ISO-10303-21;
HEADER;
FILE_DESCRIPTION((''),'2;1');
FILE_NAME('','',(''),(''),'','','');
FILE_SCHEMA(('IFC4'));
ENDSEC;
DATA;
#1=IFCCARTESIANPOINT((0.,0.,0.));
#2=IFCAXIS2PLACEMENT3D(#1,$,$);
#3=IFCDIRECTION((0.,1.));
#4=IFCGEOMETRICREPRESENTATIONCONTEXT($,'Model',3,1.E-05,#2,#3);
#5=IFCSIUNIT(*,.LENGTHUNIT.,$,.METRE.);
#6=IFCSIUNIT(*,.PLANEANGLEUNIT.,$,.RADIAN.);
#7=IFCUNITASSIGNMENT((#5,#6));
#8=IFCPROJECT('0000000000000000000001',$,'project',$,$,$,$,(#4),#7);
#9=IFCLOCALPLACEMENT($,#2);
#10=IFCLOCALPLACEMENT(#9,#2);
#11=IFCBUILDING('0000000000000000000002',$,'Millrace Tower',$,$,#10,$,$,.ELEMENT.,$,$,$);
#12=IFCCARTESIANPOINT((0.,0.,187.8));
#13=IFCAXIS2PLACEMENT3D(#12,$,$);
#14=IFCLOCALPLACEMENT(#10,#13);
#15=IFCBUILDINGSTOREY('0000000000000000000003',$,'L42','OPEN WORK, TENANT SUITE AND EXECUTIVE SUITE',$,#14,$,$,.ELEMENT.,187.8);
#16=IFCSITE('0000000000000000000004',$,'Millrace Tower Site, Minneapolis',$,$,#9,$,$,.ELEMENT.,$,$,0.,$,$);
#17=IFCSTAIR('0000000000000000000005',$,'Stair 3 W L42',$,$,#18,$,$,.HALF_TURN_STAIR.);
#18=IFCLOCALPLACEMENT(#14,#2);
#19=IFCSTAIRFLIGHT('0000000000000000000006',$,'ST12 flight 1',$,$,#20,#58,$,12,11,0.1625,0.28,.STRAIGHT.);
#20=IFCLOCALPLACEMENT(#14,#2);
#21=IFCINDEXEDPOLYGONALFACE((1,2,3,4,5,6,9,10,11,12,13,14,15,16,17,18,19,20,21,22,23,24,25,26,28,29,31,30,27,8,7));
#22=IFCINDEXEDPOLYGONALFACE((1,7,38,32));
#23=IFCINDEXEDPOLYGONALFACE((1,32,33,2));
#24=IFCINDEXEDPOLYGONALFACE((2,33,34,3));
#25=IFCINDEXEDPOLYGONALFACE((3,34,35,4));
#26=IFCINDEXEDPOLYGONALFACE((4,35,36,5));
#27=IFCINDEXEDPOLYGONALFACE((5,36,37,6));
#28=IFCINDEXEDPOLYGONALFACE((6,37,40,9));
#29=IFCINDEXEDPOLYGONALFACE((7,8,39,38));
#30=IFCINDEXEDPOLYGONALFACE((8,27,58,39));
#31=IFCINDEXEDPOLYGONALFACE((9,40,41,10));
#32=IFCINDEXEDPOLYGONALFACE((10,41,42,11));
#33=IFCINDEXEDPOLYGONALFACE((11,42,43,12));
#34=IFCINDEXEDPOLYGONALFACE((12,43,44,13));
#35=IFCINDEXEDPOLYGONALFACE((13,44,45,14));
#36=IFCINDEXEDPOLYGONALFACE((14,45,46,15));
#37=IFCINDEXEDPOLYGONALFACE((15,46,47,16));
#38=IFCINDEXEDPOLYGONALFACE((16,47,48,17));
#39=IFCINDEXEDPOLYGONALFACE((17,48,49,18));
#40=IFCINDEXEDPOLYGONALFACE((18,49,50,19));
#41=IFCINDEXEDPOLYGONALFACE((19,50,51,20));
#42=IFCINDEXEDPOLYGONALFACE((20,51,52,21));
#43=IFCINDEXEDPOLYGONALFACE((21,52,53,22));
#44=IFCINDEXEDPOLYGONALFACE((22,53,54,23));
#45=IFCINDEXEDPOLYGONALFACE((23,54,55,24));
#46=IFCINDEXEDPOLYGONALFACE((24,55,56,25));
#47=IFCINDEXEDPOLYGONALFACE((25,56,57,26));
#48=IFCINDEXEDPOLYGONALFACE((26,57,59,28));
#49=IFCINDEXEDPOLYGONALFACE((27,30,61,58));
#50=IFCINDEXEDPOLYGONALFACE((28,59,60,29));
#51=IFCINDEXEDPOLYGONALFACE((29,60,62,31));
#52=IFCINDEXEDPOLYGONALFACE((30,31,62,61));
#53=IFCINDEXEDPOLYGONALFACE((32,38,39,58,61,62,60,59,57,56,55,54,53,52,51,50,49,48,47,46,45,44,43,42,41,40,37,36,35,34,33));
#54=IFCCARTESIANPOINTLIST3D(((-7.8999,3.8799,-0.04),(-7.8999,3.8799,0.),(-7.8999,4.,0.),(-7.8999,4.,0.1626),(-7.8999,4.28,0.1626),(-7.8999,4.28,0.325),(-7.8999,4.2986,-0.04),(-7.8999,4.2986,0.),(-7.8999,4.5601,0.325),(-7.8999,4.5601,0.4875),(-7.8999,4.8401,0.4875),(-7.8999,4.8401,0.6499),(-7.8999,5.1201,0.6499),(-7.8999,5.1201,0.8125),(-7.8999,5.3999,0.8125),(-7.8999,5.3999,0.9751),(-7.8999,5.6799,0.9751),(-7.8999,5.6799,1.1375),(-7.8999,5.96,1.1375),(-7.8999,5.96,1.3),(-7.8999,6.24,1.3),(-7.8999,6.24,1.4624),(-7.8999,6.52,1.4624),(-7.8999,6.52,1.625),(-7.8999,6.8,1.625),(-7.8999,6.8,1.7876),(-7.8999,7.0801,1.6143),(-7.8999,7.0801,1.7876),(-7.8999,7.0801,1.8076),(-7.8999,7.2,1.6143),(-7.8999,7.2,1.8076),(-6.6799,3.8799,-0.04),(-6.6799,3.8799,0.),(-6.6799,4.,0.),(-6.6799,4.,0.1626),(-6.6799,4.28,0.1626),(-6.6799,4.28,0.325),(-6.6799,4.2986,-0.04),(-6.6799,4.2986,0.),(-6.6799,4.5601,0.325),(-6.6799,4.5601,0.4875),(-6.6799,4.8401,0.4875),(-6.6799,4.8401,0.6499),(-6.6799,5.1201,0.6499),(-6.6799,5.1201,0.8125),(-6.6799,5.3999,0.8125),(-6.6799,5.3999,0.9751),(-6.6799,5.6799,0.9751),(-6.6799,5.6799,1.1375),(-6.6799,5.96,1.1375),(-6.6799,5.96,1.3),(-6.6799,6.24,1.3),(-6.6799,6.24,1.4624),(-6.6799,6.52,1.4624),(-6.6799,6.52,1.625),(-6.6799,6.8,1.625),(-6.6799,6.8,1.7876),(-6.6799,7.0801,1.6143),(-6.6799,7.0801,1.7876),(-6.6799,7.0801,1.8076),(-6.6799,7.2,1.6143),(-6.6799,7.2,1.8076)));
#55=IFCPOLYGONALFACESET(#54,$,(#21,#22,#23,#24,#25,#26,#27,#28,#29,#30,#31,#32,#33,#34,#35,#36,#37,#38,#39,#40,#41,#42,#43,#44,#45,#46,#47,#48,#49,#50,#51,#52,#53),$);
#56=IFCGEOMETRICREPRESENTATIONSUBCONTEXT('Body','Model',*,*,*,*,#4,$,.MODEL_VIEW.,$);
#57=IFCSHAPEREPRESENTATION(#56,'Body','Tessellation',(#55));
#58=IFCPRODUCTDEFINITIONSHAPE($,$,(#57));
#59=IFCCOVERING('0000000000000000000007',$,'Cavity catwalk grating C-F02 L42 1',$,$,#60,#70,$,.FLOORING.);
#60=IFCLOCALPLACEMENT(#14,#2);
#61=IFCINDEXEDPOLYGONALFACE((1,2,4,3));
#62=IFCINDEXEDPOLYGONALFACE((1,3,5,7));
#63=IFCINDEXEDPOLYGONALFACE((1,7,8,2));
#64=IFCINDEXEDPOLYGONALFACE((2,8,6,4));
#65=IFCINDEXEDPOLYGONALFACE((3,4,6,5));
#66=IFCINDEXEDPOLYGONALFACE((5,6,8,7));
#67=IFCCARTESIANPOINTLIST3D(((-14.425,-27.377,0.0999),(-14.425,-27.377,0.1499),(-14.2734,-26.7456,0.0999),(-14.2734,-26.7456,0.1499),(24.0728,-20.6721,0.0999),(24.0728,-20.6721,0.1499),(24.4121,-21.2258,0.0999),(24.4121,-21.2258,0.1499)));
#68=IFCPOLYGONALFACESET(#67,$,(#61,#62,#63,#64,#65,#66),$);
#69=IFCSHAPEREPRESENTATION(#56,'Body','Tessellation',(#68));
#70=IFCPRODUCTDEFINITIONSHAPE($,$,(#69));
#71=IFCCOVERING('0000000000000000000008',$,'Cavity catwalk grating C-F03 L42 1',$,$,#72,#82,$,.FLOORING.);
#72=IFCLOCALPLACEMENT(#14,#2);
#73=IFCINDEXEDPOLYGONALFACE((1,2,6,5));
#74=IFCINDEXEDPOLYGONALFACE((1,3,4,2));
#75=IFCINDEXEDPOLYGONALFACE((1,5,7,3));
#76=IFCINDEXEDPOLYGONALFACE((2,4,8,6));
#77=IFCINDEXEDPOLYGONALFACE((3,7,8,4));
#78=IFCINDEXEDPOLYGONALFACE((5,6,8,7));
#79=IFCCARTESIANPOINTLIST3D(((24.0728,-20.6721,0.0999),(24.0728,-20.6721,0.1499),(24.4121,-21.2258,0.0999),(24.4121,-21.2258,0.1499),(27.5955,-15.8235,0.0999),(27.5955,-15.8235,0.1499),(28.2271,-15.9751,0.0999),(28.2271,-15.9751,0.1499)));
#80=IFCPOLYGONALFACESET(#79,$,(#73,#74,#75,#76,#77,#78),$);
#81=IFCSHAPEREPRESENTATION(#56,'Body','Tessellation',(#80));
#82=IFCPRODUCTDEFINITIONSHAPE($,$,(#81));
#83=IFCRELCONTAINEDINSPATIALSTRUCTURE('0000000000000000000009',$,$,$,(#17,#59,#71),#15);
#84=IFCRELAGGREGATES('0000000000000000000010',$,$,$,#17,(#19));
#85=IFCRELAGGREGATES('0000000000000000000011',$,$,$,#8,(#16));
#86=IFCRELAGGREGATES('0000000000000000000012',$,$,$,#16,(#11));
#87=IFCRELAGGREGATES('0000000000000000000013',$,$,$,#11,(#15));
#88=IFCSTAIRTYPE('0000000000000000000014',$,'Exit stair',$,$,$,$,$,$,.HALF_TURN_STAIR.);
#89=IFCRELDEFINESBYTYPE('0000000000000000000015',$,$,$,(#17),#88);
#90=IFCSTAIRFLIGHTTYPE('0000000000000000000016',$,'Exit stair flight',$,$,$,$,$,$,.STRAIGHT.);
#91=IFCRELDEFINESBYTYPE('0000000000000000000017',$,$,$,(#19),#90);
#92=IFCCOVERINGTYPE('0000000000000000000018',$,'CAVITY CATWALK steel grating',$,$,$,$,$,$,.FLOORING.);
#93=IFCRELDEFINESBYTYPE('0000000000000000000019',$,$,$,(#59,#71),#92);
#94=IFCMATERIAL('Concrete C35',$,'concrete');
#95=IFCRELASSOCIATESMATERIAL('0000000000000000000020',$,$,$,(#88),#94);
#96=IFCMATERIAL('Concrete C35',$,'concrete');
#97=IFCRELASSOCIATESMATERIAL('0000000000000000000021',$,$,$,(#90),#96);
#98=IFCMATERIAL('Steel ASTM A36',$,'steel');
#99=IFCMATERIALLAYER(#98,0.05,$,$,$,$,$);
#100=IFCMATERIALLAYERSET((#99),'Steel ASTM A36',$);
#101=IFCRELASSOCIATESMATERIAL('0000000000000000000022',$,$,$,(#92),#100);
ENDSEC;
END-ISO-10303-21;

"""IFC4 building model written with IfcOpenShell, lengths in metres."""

from ifc_helpers import new_model, si_unit, direction, frame, origin, place, context, subcontext, project, spatial, polyline, outline, extrude, material, layer, layer_set, type_object, element, aggregate, save


model = new_model("IFC4")

# Units and contexts
model_context = context("Model", 3, precision=1e-05, world=origin(), true_north=direction((0.0, 1.0)))
body_context = subcontext(model_context, "Body", "Model", "MODEL_VIEW")
ifc_project = project(units=[si_unit("LENGTHUNIT", "METRE"), si_unit("PLANEANGLEUNIT", "RADIAN")], contexts=[model_context])

# Site, building, storey
site_placement = place(None, origin())
site = spatial("IfcSite", under=ifc_project, at=site_placement, Name="Millrace Tower Site, Minneapolis", CompositionType="ELEMENT", RefElevation=0.0)
building_placement = place(site_placement, origin())
building = spatial("IfcBuilding", under=site, at=building_placement, Name="Millrace Tower", CompositionType="ELEMENT")
storey_placement = place(building_placement, frame((0.0, 0.0, 187.8)))
storey = spatial("IfcBuildingStorey", under=building, at=storey_placement, Name="L42", Description="OPEN WORK, TENANT SUITE AND EXECUTIVE SUITE", CompositionType="ELEMENT", Elevation=187.8)

# Shared definitions
placement_1 = place(storey_placement, origin())

# Stair, stair flight
ifc_material_1 = material(Name="Concrete C35", Category="concrete")
stair_type = type_object("IfcStairType", Name="Exit stair", PredefinedType="HALF_TURN_STAIR", material=ifc_material_1)
ifc_material_2 = material(Name="Concrete C35", Category="concrete")
stair_flight_type = type_object("IfcStairFlightType", Name="Exit stair flight", PredefinedType="STRAIGHT", material=ifc_material_2)
stair_1 = element("IfcStair", 1, at=placement_1, inside=storey, type_object=stair_type, Name="Stair 3 W L42", PredefinedType="HALF_TURN_STAIR")
stair_flight_1_placement = place(storey_placement, frame((-7.29, 4.0, 0.0), z_axis=(0.0, 0.0, 1.0), x_axis=(0.0, 1.0, 0.0)))
stair_flight_1 = element("IfcStairFlight", 2, at=stair_flight_1_placement, type_object=stair_flight_type, Name="ST12 flight 1", NumberOfRisers=12, NumberOfTreads=11, PredefinedType="STRAIGHT", RiserHeight=0.1625, TreadLength=0.28, context=body_context, shape_type="SweptSolid", body=[
    extrude(outline(polyline([(-0.1201, -0.04), (-0.1201, 0.0), (0.0, 0.0), (0.0, 0.1626), (0.28, 0.1626), (0.28, 0.325), (0.5601, 0.325), (0.5601, 0.4875), (0.8401, 0.4875), (0.8401, 0.6499), (1.1201, 0.6499), (1.1201, 0.8125), (1.3999, 0.8125), (1.3999, 0.9751), (1.6799, 0.9751), (1.6799, 1.1375), (1.96, 1.1375), (1.96, 1.3), (2.24, 1.3), (2.24, 1.4624), (2.52, 1.4624), (2.52, 1.625), (2.8, 1.625), (2.8, 1.7876), (3.0801, 1.7876), (3.0801, 1.8076), (3.2, 1.8076), (3.2, 1.6143), (3.0801, 1.6143), (0.2986, 0.0), (0.2986, -0.04), (-0.1201, -0.04)])), frame((0.0, 0.6099, 0.0), z_axis=(0.0, -1.0, 0.0), x_axis=(1.0, 0.0, 0.0)), (0.0, 0.0, 1.0), 1.22),
])
aggregate(stair_1, [stair_flight_1])

# Coverings
ifc_material_3 = material(Name="Steel ASTM A36", Category="steel")
ifc_layer_1 = layer(ifc_material_3, 0.05)
ifc_layer_set_1 = layer_set([ifc_layer_1], Name="Steel ASTM A36")
covering_type = type_object("IfcCoveringType", Name="CAVITY CATWALK steel grating", PredefinedType="FLOORING", material=ifc_layer_set_1)
placement_2 = place(storey_placement, frame((0.0, 0.0, 0.0999)))
element("IfcCovering", 3, at=placement_2, inside=storey, type_object=covering_type, Name="Cavity catwalk grating C-F02 L42 1", PredefinedType="FLOORING", context=body_context, shape_type="SweptSolid", body=[
    extrude(outline(polyline([(-14.425, -27.377), (24.4121, -21.2258), (24.0728, -20.6721), (-14.2734, -26.7456), (-14.425, -27.377)])), origin(), (0.0, 0.0, 1.0), 0.05),
])
element("IfcCovering", 4, at=placement_2, inside=storey, type_object=covering_type, Name="Cavity catwalk grating C-F03 L42 1", PredefinedType="FLOORING", context=body_context, shape_type="SweptSolid", body=[
    extrude(outline(polyline([(24.4121, -21.2258), (28.2271, -15.9751), (27.5955, -15.8235), (24.0728, -20.6721), (24.4121, -21.2258)])), origin(), (0.0, 0.0, 1.0), 0.05),
])

save(model, "model.ifc")
